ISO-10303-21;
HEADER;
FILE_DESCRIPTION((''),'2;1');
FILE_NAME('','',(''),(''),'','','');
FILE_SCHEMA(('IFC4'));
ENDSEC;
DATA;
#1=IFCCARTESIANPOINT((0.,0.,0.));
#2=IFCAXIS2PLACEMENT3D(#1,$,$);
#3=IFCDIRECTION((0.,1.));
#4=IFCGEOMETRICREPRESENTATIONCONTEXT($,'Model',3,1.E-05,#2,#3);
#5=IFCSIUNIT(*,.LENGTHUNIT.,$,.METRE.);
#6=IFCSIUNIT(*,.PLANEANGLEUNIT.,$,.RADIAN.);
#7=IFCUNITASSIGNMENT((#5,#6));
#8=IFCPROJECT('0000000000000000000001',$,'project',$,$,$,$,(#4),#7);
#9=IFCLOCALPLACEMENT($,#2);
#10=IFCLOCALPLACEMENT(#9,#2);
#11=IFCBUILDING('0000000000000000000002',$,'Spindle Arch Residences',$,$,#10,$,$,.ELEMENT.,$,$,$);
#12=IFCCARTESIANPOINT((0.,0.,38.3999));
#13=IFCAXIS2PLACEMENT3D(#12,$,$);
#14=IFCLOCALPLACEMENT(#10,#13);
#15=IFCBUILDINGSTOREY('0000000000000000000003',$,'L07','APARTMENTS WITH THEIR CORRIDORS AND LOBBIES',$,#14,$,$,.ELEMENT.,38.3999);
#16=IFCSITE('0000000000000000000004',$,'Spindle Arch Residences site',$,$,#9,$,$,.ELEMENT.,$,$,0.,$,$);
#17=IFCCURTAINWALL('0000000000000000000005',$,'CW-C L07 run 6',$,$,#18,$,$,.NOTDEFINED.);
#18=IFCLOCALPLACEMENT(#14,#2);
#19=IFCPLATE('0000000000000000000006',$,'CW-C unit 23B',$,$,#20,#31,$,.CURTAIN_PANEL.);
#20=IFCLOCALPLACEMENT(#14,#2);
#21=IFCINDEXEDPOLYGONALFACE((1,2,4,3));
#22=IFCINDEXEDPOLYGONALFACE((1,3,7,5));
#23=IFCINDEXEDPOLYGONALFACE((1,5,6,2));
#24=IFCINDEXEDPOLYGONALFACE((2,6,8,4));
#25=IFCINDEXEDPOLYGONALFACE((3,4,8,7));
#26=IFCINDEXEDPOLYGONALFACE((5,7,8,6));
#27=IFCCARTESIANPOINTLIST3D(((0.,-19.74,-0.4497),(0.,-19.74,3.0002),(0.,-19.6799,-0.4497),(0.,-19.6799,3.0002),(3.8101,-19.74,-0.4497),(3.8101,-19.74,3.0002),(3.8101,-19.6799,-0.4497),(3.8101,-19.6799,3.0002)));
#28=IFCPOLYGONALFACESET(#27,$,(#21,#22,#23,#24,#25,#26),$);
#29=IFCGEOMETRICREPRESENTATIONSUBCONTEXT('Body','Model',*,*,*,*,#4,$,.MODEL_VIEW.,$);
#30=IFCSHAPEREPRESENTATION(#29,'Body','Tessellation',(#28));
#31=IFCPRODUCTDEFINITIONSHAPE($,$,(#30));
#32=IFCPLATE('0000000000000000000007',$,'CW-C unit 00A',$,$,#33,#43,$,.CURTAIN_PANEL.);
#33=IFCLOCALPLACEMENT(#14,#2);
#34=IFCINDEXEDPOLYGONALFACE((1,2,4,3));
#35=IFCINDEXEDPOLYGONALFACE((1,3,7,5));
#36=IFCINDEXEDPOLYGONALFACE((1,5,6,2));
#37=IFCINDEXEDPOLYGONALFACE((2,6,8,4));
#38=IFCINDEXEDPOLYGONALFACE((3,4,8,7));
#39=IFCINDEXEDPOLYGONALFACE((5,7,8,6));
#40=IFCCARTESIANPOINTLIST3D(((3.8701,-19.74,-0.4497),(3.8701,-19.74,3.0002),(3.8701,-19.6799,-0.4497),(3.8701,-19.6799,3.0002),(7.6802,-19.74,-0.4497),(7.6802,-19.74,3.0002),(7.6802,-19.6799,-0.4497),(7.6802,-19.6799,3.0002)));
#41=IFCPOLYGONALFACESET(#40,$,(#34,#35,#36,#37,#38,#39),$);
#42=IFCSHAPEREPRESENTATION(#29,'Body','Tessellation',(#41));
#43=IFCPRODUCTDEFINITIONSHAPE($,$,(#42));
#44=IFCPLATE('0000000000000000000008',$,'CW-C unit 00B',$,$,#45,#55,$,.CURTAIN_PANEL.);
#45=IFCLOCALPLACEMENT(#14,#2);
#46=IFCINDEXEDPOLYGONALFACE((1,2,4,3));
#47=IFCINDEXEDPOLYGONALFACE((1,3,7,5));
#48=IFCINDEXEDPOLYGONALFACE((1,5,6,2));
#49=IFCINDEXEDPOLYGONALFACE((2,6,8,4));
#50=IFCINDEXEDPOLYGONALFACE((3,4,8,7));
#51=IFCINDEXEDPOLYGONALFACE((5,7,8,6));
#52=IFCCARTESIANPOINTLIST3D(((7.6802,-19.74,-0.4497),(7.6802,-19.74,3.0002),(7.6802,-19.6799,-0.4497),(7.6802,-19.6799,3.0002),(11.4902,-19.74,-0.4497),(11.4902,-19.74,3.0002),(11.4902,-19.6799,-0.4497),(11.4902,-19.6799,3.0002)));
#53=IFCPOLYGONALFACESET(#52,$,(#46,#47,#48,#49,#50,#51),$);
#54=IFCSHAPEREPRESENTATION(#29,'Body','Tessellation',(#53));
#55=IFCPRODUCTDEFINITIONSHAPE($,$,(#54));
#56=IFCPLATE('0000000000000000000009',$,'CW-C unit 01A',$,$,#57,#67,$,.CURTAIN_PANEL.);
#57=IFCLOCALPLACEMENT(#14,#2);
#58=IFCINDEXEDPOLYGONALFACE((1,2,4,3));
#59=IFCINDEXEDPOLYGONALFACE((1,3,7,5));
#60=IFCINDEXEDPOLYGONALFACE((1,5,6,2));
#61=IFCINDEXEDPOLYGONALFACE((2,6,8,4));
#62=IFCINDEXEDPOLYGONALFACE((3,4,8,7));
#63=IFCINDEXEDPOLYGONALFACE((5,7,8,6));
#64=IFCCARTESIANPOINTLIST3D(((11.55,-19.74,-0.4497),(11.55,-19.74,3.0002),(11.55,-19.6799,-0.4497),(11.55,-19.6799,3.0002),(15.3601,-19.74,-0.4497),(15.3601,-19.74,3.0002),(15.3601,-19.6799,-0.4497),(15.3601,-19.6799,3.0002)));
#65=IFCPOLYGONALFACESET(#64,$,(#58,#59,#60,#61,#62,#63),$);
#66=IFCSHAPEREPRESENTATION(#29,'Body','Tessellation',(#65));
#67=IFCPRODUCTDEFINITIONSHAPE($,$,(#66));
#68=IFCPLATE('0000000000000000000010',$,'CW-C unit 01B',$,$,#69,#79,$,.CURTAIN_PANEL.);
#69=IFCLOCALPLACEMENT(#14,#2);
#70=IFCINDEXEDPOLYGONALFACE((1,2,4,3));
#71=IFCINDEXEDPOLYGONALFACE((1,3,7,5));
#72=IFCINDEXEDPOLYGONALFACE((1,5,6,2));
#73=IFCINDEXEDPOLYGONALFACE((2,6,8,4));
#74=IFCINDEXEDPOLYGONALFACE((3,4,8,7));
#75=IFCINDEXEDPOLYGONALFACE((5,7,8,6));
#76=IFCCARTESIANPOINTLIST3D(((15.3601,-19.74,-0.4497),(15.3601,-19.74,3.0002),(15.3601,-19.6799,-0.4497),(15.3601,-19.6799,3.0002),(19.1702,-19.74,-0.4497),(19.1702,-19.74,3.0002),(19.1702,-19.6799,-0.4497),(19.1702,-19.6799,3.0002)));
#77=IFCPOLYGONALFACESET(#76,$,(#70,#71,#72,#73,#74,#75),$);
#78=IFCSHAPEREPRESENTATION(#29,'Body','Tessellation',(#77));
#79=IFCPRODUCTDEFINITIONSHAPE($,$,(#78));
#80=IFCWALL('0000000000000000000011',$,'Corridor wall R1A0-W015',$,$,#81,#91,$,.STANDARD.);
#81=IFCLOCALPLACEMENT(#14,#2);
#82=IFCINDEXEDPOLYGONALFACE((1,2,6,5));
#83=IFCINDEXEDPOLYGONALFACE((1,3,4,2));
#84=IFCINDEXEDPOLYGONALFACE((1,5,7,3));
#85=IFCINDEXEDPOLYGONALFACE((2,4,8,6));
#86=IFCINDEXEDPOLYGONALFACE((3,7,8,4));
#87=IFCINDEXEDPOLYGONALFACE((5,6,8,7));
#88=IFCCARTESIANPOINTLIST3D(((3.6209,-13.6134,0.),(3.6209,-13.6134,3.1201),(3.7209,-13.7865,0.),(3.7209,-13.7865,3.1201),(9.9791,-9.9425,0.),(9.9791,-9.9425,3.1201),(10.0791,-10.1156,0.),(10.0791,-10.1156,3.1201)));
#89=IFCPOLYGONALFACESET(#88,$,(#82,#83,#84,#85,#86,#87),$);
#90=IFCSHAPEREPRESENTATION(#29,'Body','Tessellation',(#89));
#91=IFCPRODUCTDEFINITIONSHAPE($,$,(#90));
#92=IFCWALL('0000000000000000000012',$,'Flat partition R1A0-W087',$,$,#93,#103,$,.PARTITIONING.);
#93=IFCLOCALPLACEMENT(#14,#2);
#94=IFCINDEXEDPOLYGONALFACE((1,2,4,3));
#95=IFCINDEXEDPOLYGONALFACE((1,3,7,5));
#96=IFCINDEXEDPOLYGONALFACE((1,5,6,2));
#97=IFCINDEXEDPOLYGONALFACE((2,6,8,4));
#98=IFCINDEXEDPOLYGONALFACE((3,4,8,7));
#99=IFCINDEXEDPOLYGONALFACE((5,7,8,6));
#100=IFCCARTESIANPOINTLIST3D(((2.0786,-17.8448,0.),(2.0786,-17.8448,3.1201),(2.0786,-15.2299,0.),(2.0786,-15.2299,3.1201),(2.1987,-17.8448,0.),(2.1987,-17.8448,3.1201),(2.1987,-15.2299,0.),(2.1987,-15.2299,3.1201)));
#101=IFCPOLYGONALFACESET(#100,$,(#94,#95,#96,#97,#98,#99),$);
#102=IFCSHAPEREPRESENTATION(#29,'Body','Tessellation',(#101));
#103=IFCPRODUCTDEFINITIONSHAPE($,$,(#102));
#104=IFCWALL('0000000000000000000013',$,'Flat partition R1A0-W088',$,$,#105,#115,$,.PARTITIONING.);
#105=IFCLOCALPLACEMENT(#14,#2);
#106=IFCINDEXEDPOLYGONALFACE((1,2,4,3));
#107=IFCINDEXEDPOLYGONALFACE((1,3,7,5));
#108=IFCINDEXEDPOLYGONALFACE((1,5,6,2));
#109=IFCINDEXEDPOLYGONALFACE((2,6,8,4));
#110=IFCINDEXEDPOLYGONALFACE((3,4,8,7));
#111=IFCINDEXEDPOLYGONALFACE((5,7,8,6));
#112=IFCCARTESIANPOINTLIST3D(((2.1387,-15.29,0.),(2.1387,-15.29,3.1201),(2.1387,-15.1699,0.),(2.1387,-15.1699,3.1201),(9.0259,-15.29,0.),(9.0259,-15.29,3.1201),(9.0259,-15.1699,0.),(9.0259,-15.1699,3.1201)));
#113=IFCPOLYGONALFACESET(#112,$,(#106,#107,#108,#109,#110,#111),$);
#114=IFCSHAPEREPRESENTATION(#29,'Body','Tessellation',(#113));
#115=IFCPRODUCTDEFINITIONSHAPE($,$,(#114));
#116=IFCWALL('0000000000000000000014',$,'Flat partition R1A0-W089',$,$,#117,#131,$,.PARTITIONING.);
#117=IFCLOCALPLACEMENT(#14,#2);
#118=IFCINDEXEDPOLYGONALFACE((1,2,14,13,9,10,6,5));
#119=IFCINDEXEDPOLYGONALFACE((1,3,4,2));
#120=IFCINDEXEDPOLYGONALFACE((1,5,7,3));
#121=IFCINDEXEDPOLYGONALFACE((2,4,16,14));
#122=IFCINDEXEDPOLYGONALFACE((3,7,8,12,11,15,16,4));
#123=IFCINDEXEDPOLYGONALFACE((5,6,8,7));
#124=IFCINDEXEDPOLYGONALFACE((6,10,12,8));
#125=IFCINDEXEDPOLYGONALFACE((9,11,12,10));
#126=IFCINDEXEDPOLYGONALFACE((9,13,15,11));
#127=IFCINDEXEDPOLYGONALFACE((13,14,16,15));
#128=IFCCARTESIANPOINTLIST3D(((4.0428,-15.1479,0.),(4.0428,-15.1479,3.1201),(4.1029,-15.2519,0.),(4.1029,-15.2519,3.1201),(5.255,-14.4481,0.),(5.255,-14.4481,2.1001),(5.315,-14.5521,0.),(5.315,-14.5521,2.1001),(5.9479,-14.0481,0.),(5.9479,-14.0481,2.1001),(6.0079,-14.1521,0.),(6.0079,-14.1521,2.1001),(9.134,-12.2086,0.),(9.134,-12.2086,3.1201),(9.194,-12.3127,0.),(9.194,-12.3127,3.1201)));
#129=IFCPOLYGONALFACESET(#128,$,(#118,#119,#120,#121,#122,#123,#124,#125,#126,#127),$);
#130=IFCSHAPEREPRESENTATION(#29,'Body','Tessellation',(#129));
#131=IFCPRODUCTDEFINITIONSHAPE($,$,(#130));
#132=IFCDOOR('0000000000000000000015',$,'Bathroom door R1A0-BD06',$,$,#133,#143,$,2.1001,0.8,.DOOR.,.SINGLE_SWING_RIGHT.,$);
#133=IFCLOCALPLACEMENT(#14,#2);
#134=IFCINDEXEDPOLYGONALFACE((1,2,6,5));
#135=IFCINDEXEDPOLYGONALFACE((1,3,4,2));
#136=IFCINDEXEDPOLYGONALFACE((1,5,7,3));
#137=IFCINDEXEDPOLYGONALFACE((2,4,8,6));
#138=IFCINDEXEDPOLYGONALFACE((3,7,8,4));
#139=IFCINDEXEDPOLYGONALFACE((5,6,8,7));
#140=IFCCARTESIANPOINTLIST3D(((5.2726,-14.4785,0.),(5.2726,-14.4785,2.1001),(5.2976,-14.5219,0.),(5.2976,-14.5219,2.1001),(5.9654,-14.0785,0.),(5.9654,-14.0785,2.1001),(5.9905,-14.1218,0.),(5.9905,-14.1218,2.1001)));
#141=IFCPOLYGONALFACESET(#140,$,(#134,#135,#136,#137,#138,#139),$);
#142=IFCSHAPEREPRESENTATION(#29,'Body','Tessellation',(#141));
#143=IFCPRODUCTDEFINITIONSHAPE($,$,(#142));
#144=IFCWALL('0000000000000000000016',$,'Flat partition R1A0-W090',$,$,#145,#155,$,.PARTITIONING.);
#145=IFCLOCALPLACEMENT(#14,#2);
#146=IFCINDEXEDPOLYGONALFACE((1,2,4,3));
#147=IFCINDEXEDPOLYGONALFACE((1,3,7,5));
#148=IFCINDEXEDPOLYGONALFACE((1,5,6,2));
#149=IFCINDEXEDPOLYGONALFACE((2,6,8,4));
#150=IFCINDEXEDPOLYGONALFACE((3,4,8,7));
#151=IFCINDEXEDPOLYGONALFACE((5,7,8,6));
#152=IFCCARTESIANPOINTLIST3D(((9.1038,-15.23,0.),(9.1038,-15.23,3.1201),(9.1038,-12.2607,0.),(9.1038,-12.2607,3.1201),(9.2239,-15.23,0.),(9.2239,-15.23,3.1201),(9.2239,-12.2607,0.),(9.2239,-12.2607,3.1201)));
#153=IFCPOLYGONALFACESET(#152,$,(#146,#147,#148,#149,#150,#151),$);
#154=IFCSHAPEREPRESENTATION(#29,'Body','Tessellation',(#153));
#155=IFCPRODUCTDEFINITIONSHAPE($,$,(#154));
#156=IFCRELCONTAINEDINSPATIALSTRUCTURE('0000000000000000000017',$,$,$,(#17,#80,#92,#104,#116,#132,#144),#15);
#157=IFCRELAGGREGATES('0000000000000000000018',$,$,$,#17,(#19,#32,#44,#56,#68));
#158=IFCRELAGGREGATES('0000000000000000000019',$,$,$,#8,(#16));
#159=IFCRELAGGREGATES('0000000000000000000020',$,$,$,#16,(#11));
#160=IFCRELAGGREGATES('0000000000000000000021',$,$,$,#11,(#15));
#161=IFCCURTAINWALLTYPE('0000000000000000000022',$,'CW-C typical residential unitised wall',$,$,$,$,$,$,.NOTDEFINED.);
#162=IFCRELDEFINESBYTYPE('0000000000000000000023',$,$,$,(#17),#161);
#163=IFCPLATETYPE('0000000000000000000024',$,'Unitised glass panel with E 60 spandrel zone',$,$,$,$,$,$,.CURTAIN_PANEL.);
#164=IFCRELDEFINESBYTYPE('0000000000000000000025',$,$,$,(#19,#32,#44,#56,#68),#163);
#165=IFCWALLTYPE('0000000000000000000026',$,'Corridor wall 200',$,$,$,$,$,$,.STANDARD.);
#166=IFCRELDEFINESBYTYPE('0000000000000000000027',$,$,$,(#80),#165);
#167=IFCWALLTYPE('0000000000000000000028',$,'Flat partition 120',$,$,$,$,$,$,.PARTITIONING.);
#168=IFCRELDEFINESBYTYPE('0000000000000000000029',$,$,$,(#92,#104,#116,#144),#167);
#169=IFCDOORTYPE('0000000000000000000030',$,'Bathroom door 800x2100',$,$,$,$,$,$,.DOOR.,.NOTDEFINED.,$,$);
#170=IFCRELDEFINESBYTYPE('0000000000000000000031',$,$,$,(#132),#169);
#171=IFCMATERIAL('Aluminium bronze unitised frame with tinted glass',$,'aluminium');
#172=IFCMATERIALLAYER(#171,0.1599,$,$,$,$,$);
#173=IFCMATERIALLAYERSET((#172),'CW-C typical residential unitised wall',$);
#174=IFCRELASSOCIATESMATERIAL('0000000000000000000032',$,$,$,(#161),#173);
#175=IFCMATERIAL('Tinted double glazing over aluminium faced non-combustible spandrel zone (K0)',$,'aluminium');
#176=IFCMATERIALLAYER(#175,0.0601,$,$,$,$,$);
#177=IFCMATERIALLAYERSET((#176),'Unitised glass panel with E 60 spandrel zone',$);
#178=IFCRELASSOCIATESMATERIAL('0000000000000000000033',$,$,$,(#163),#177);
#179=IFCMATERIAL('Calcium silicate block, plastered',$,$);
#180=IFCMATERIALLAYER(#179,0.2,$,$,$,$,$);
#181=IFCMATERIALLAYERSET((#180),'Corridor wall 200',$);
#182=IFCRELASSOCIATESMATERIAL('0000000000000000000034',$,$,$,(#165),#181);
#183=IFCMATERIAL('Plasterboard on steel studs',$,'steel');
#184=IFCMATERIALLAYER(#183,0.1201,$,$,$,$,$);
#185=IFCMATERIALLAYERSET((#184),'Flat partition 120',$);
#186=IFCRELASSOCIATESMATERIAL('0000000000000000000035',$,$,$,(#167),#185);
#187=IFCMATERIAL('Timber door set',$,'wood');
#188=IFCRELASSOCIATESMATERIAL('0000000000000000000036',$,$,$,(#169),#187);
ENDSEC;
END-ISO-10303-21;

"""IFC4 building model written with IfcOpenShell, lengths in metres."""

from ifc_helpers import new_model, si_unit, direction, frame, frame_2d, origin, origin_2d, place, context, subcontext, project, spatial, rectangle, extrude, material, layer, layer_set, type_object, element, fill, aggregate, save


model = new_model("IFC4")

# Units and contexts
model_context = context("Model", 3, precision=1e-05, world=origin(), true_north=direction((0.0, 1.0)))
body_context = subcontext(model_context, "Body", "Model", "MODEL_VIEW")
ifc_project = project(units=[si_unit("LENGTHUNIT", "METRE"), si_unit("PLANEANGLEUNIT", "RADIAN")], contexts=[model_context])

# Site, building, storey
site_placement = place(None, origin())
site = spatial("IfcSite", under=ifc_project, at=site_placement, Name="Spindle Arch Residences site", CompositionType="ELEMENT", RefElevation=0.0)
building_placement = place(site_placement, origin())
building = spatial("IfcBuilding", under=site, at=building_placement, Name="Spindle Arch Residences", CompositionType="ELEMENT")
storey_placement = place(building_placement, frame((0.0, 0.0, 38.3999)))
storey = spatial("IfcBuildingStorey", under=building, at=storey_placement, Name="L07", Description="APARTMENTS WITH THEIR CORRIDORS AND LOBBIES", CompositionType="ELEMENT", Elevation=38.3999)

# Curtain wall
ifc_material_1 = material(Name="Aluminium bronze unitised frame with tinted glass", Category="aluminium")
ifc_layer_1 = layer(ifc_material_1, 0.1599)
ifc_layer_set_1 = layer_set([ifc_layer_1], Name="CW-C typical residential unitised wall")
curtain_wall_type = type_object("IfcCurtainWallType", Name="CW-C typical residential unitised wall", PredefinedType="NOTDEFINED", material=ifc_layer_set_1)
curtain_wall_placement = place(storey_placement, origin())
curtain_wall = element("IfcCurtainWall", 1, at=curtain_wall_placement, inside=storey, type_object=curtain_wall_type, Name="CW-C L07 run 6", PredefinedType="NOTDEFINED")

# Plates
ifc_material_2 = material(Name="Tinted double glazing over aluminium faced non-combustible spandrel zone (K0)", Category="aluminium")
ifc_layer_2 = layer(ifc_material_2, 0.0601)
ifc_layer_set_2 = layer_set([ifc_layer_2], Name="Unitised glass panel with E 60 spandrel zone")
plate_type = type_object("IfcPlateType", Name="Unitised glass panel with E 60 spandrel zone", PredefinedType="CURTAIN_PANEL", material=ifc_layer_set_2)
plate_1_placement = place(storey_placement, frame((1.905, -19.71, -0.4497), z_axis=(0.0, 0.0, 1.0), x_axis=(1.0, 0.0, 0.0)))
plate_1 = element("IfcPlate", 2, at=plate_1_placement, type_object=plate_type, Name="CW-C unit 23B", PredefinedType="CURTAIN_PANEL", context=body_context, shape_type="SweptSolid", body=[
    extrude(rectangle(XDim=3.8101, YDim=0.0601, at=origin_2d()), origin(), (0.0, 0.0, 1.0), 3.45),
])
plate_2_placement = place(storey_placement, frame((5.7751, -19.71, -0.4497), z_axis=(0.0, 0.0, 1.0), x_axis=(1.0, 0.0, 0.0)))
plate_2 = element("IfcPlate", 3, at=plate_2_placement, type_object=plate_type, Name="CW-C unit 00A", PredefinedType="CURTAIN_PANEL", context=body_context, shape_type="SweptSolid", body=[
    extrude(rectangle(XDim=3.8101, YDim=0.0601, at=origin_2d()), origin(), (0.0, 0.0, 1.0), 3.45),
])
plate_3_placement = place(storey_placement, frame((9.5852, -19.71, -0.4497), z_axis=(0.0, 0.0, 1.0), x_axis=(1.0, 0.0, 0.0)))
plate_3 = element("IfcPlate", 4, at=plate_3_placement, type_object=plate_type, Name="CW-C unit 00B", PredefinedType="CURTAIN_PANEL", context=body_context, shape_type="SweptSolid", body=[
    extrude(rectangle(XDim=3.8101, YDim=0.0601, at=origin_2d()), origin(), (0.0, 0.0, 1.0), 3.45),
])
plate_4_placement = place(storey_placement, frame((13.4551, -19.71, -0.4497), z_axis=(0.0, 0.0, 1.0), x_axis=(1.0, 0.0, 0.0)))
plate_4 = element("IfcPlate", 5, at=plate_4_placement, type_object=plate_type, Name="CW-C unit 01A", PredefinedType="CURTAIN_PANEL", context=body_context, shape_type="SweptSolid", body=[
    extrude(rectangle(XDim=3.8101, YDim=0.0601, at=origin_2d()), origin(), (0.0, 0.0, 1.0), 3.45),
])
plate_5_placement = place(storey_placement, frame((17.2651, -19.71, -0.4497), z_axis=(0.0, 0.0, 1.0), x_axis=(1.0, 0.0, 0.0)))
plate_5 = element("IfcPlate", 6, at=plate_5_placement, type_object=plate_type, Name="CW-C unit 01B", PredefinedType="CURTAIN_PANEL", context=body_context, shape_type="SweptSolid", body=[
    extrude(rectangle(XDim=3.8101, YDim=0.0601, at=origin_2d()), origin(), (0.0, 0.0, 1.0), 3.45),
])
aggregate(curtain_wall, [plate_1, plate_2, plate_3, plate_4, plate_5])

# Walls
ifc_material_3 = material(Name="Calcium silicate block, plastered")
ifc_layer_3 = layer(ifc_material_3, 0.2)
ifc_layer_set_3 = layer_set([ifc_layer_3], Name="Corridor wall 200")
wall_type_1 = type_object("IfcWallType", Name="Corridor wall 200", PredefinedType="STANDARD", material=ifc_layer_set_3)
wall_1_placement = place(storey_placement, frame((3.6709, -13.7, 0.0), z_axis=(0.0, 0.0, 1.0), x_axis=(0.866024, 0.500002, 0.0)))
element("IfcWall", 7, at=wall_1_placement, inside=storey, type_object=wall_type_1, Name="Corridor wall R1A0-W015", PredefinedType="STANDARD", context=body_context, shape_type="SweptSolid", body=[
    extrude(rectangle(XDim=7.3418, YDim=0.2, at=frame_2d((3.6709, 0.0))), origin(), (0.0, 0.0, 1.0), 3.1201),
])
ifc_material_4 = material(Name="Plasterboard on steel studs", Category="steel")
ifc_layer_4 = layer(ifc_material_4, 0.1201)
ifc_layer_set_4 = layer_set([ifc_layer_4], Name="Flat partition 120")
wall_type_2 = type_object("IfcWallType", Name="Flat partition 120", PredefinedType="PARTITIONING", material=ifc_layer_set_4)
wall_2_placement = place(storey_placement, frame((2.1387, -17.845, 0.0), z_axis=(0.0, 0.0, 1.0), x_axis=(0.0, 1.0, 0.0)))
element("IfcWall", 8, at=wall_2_placement, inside=storey, type_object=wall_type_2, Name="Flat partition R1A0-W087", PredefinedType="PARTITIONING", context=body_context, shape_type="SweptSolid", body=[
    extrude(rectangle(XDim=2.615, YDim=0.1201, at=frame_2d((1.3076, 0.0))), origin(), (0.0, 0.0, 1.0), 3.1201),
])
wall_3_placement = place(storey_placement, frame((2.1387, -15.23, 0.0), z_axis=(0.0, 0.0, 1.0), x_axis=(1.0, 0.0, 0.0)))
element("IfcWall", 9, at=wall_3_placement, inside=storey, type_object=wall_type_2, Name="Flat partition R1A0-W088", PredefinedType="PARTITIONING", context=body_context, shape_type="SweptSolid", body=[
    extrude(rectangle(XDim=6.8872, YDim=0.1201, at=frame_2d((3.4436, 0.0))), origin(), (0.0, 0.0, 1.0), 3.1201),
])

# Wall, opening, door
wall_4_placement = place(storey_placement, frame((4.0728, -15.2, 0.0), z_axis=(0.0, 0.0, 1.0), x_axis=(0.866034, 0.499985, 0.0)))
wall_4 = element("IfcWall", 10, at=wall_4_placement, inside=storey, type_object=wall_type_2, Name="Flat partition R1A0-W089", PredefinedType="PARTITIONING", context=body_context, shape_type="SweptSolid", body=[
    extrude(rectangle(XDim=5.8787, YDim=0.1201, at=frame_2d((2.9395, 0.0))), origin(), (0.0, 0.0, 1.0), 3.1201),
])
opening_1_placement = place(wall_4_placement, frame((1.3999, 0.0, 0.0)))
opening_1 = element("IfcOpeningElement", 11, at=opening_1_placement, cuts=wall_4, PredefinedType="OPENING", context=body_context, shape_type="SweptSolid", body=[
    extrude(rectangle(XDim=0.8, YDim=2.1001, at=frame_2d((0.3999, 1.05))), frame((0.0, 0.0701, 0.0), z_axis=(0.0, -1.0, 0.0), x_axis=(1.0, 0.0, 0.0)), (0.0, 0.0, 1.0), 0.1401),
])
ifc_material_5 = material(Name="Timber door set", Category="wood")
door_type_1 = type_object("IfcDoorType", Name="Bathroom door 800x2100", OperationType="NOTDEFINED", PredefinedType="DOOR", material=ifc_material_5)
door_1_placement = place(opening_1_placement, origin())
door_1 = element("IfcDoor", 12, at=door_1_placement, inside=storey, type_object=door_type_1, Name="Bathroom door R1A0-BD06", OperationType="SINGLE_SWING_RIGHT", OverallHeight=2.1001, OverallWidth=0.8, PredefinedType="DOOR", context=body_context, shape_type="SweptSolid", body=[
    extrude(rectangle(XDim=0.8, YDim=2.1001, at=frame_2d((0.3999, 1.05))), frame((0.0, 0.0249, 0.0), z_axis=(0.0, -1.0, 0.0), x_axis=(1.0, 0.0, 0.0)), (0.0, 0.0, 1.0), 0.05),
])
fill(opening_1, door_1)

# Wall
wall_5_placement = place(storey_placement, frame((9.1638, -12.2607, 0.0), z_axis=(0.0, 0.0, 1.0), x_axis=(0.0, -1.0, 0.0)))
element("IfcWall", 13, at=wall_5_placement, inside=storey, type_object=wall_type_2, Name="Flat partition R1A0-W090", PredefinedType="PARTITIONING", context=body_context, shape_type="SweptSolid", body=[
    extrude(rectangle(XDim=2.9692, YDim=0.1201, at=frame_2d((1.4846, 0.0))), origin(), (0.0, 0.0, 1.0), 3.1201),
])

save(model, "model.ifc")
